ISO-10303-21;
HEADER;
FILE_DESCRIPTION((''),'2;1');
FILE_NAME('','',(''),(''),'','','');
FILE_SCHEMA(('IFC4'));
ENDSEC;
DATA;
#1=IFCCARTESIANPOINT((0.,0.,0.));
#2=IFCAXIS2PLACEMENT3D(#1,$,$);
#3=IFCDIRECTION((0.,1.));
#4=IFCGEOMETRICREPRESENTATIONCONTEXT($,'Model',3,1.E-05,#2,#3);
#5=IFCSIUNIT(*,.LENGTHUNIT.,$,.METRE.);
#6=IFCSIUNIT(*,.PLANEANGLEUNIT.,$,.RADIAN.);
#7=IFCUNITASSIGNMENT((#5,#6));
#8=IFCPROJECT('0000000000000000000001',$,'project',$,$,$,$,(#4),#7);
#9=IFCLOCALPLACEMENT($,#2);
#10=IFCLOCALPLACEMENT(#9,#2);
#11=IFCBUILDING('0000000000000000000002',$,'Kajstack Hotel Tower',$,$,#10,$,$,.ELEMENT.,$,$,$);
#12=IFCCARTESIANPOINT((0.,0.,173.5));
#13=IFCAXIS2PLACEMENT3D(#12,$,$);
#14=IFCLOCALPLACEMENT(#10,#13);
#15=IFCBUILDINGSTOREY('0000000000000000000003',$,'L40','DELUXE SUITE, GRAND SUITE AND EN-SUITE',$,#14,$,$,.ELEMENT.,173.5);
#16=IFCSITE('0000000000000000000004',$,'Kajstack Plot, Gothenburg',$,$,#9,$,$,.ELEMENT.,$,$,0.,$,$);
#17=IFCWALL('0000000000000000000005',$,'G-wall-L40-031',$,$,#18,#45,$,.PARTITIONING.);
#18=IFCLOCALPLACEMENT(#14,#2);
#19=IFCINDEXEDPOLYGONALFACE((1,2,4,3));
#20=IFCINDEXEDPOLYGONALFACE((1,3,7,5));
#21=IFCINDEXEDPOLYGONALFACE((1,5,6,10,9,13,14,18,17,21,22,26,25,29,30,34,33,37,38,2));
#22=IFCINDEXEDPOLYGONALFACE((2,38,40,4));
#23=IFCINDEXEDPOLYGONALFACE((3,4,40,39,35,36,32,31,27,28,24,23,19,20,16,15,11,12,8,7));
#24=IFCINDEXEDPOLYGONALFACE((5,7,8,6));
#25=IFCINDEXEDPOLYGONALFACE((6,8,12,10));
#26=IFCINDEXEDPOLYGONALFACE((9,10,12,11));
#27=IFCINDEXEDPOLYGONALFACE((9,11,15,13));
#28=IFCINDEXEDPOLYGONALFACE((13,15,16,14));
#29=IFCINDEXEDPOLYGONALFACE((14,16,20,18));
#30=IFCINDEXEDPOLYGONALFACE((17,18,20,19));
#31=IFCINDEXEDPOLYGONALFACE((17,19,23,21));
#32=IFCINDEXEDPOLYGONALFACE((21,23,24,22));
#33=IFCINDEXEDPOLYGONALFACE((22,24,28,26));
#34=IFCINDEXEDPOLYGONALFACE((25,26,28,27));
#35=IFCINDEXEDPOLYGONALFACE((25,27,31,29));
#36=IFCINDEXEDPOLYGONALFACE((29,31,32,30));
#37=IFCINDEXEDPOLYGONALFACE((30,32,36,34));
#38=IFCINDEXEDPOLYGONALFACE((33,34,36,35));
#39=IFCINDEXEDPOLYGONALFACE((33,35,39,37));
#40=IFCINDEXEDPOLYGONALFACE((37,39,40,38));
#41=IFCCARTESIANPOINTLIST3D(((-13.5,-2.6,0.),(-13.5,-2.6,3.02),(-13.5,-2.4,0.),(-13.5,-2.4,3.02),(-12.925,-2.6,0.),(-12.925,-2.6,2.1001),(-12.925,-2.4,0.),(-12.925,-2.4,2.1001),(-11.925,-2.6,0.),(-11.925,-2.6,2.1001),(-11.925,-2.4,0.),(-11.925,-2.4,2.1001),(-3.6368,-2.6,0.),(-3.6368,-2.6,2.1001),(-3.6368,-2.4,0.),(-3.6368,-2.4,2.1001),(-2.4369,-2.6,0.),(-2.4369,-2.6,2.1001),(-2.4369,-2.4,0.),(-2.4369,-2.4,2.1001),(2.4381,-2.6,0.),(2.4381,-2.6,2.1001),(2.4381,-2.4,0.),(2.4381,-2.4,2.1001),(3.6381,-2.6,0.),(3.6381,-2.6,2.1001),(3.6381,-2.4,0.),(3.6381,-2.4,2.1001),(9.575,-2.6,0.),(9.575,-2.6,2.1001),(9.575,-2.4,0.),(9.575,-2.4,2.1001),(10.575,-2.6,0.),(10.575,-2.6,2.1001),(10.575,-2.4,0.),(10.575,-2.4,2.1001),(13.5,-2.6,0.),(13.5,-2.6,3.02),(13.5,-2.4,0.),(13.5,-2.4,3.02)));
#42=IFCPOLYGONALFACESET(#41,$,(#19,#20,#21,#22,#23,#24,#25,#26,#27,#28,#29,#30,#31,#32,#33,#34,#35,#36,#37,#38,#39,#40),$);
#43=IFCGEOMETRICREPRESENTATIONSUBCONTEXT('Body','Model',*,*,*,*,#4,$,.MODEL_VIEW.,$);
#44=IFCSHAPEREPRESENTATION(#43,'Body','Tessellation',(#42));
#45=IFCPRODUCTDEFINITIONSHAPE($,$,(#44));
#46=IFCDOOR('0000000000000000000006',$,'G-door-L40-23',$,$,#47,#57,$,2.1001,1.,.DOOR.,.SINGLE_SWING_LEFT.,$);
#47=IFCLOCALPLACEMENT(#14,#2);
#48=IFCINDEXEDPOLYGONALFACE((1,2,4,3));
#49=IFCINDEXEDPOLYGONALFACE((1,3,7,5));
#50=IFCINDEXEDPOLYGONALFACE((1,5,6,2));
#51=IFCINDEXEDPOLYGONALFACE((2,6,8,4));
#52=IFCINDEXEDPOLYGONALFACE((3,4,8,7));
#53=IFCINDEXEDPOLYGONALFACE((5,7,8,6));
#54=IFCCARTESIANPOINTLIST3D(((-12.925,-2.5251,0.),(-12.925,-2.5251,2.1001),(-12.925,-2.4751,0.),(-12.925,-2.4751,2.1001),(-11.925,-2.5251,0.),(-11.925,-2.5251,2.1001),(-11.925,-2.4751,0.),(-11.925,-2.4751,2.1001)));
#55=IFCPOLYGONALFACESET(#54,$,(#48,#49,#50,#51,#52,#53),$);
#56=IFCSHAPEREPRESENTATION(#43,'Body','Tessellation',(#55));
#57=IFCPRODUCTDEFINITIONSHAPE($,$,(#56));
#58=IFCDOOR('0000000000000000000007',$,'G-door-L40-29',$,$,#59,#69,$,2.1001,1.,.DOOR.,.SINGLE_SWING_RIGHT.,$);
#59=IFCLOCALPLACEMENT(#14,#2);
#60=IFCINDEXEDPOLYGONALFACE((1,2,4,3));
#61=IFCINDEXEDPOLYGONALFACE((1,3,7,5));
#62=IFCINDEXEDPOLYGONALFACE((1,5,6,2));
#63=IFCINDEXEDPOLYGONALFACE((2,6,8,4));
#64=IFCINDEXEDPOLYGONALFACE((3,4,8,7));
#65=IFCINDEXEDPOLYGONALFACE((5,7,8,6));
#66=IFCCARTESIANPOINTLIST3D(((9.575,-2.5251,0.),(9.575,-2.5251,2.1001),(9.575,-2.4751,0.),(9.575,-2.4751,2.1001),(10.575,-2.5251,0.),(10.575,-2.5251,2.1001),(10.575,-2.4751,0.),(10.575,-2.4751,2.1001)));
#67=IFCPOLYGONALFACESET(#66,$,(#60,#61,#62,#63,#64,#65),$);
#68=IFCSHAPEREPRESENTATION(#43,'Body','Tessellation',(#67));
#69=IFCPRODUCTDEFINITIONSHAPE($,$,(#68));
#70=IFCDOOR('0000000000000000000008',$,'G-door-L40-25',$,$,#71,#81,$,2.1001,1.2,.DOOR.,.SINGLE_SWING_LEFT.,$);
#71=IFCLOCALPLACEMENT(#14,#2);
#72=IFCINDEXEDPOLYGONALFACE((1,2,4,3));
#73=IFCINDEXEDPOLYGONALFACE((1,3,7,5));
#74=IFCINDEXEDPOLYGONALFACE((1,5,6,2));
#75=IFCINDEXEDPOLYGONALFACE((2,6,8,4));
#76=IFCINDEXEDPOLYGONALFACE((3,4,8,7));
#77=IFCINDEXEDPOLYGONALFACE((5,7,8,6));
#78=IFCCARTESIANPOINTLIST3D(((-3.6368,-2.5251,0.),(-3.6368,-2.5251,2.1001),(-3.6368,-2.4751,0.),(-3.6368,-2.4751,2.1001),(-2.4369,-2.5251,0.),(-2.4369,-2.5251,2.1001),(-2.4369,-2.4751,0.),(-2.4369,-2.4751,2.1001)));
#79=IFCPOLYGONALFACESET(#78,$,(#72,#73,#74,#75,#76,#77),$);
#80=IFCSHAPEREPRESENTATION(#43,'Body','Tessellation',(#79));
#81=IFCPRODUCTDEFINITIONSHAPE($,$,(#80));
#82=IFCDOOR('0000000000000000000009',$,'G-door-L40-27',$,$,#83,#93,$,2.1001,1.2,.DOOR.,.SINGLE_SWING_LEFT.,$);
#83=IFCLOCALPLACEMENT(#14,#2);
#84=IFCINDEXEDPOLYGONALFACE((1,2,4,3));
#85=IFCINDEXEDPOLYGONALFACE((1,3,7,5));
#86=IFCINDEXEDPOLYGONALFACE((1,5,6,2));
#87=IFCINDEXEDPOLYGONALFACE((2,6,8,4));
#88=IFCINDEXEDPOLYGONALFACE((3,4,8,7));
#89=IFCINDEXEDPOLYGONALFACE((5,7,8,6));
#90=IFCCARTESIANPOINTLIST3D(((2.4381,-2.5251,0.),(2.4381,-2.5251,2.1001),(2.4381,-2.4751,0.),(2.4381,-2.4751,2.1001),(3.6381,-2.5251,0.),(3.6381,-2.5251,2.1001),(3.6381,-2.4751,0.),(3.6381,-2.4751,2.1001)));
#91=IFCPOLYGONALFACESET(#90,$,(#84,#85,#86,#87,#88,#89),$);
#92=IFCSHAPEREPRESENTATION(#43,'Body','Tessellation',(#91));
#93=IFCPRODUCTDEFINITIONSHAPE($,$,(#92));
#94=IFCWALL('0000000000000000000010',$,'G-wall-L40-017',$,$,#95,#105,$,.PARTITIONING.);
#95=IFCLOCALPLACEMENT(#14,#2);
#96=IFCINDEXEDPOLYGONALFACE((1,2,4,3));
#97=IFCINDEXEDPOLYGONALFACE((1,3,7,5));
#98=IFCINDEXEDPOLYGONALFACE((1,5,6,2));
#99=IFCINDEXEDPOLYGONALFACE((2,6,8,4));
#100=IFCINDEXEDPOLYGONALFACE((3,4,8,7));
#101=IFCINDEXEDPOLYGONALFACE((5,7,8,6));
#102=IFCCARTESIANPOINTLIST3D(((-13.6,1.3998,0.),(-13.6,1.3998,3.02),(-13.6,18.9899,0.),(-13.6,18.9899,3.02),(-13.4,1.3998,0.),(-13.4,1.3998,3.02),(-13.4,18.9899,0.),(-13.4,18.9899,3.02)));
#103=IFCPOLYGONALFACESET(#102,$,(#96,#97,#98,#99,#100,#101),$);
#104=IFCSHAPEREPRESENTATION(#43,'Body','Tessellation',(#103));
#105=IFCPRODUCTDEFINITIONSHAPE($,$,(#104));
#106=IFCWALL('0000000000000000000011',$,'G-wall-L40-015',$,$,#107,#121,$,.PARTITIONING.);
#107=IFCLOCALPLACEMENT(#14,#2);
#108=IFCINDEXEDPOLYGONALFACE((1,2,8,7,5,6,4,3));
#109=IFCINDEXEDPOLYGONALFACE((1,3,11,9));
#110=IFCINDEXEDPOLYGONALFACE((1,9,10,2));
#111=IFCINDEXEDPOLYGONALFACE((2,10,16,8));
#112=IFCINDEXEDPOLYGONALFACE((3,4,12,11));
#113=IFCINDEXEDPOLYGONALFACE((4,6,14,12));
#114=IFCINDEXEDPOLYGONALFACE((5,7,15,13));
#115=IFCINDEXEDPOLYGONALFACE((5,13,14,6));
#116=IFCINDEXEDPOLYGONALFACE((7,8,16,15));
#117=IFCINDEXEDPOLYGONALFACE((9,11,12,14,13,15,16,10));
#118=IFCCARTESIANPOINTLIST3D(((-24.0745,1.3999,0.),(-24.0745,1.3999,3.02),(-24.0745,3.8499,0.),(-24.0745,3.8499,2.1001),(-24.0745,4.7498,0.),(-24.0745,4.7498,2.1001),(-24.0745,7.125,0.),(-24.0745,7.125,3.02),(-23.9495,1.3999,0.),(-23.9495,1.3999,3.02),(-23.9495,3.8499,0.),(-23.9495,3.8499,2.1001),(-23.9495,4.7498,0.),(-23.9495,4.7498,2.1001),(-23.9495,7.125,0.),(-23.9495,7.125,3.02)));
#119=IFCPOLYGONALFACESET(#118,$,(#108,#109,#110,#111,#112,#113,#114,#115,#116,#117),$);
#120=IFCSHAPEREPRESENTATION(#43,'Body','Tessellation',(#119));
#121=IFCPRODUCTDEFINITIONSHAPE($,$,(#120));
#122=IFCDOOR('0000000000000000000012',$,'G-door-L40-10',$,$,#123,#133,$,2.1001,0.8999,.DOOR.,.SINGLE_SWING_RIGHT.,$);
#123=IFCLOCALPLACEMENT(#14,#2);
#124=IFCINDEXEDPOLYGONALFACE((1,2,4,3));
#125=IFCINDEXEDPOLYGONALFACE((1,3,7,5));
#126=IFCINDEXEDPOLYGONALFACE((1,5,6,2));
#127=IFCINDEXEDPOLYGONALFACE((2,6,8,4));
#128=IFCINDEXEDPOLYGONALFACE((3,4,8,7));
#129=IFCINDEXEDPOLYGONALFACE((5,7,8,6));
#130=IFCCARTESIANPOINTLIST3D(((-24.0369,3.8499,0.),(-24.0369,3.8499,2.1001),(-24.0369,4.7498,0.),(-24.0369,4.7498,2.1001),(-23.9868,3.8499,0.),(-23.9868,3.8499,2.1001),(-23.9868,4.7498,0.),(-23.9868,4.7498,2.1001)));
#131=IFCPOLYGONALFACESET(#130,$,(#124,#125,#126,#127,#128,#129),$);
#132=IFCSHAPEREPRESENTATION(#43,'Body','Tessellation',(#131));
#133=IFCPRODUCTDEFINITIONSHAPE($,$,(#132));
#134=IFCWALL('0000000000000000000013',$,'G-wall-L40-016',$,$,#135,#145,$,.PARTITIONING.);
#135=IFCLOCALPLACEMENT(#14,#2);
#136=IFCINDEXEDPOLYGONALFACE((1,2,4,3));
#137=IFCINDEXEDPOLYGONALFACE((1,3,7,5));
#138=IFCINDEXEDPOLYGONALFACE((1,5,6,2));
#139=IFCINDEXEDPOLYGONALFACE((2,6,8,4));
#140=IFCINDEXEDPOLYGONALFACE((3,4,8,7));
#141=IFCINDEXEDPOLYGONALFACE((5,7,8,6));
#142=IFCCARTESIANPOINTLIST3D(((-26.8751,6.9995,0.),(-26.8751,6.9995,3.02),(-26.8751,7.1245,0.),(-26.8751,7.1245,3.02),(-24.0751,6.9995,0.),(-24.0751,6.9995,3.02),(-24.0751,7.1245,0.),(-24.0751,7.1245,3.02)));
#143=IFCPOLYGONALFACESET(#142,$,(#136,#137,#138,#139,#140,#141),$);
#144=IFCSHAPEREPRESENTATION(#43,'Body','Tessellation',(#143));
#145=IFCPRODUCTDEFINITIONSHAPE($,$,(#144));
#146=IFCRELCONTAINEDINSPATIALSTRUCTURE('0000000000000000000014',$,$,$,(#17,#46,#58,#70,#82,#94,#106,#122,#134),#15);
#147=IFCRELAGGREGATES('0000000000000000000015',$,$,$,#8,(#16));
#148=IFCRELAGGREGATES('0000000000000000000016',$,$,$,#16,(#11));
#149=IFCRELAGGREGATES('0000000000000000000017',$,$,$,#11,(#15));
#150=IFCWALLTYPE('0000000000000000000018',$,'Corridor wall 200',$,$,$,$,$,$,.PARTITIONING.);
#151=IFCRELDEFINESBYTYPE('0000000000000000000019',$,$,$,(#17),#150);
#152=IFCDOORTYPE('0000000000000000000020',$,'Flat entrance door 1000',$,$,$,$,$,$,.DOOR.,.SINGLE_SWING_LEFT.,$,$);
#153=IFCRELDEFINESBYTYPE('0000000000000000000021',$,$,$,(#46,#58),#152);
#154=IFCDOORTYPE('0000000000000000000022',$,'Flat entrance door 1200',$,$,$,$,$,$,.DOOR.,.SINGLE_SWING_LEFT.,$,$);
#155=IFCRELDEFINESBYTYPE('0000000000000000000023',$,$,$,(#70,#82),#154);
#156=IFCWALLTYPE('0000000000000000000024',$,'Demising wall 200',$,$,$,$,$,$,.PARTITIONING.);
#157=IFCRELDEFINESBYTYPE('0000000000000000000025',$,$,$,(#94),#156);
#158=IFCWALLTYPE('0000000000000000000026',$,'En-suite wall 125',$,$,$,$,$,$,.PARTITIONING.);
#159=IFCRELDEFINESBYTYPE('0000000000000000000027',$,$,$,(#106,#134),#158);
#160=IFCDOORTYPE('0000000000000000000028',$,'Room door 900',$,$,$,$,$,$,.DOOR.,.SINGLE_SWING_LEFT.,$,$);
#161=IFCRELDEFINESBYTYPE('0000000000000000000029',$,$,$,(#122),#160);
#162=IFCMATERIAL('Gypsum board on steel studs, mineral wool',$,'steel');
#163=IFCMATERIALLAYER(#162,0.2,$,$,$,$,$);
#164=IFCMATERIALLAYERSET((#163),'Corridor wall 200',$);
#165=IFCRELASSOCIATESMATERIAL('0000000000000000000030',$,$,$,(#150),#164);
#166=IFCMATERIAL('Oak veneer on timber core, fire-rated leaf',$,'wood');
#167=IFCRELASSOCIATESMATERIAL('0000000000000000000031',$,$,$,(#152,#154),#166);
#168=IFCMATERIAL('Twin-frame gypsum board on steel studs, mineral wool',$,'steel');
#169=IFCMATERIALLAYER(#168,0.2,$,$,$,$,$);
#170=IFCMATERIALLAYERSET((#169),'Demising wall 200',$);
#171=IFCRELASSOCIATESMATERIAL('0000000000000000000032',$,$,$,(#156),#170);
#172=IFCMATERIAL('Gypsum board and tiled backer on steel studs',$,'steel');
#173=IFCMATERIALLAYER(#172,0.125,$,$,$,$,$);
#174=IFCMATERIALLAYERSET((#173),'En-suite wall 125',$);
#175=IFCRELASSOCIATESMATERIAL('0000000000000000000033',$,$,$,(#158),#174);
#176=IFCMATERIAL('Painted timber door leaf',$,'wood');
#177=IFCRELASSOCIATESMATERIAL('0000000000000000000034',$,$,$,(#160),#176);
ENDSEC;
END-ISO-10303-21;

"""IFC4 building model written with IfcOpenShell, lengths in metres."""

from ifc_helpers import new_model, si_unit, direction, frame, frame_2d, origin, place, context, subcontext, project, spatial, rectangle, extrude, material, layer, layer_set, type_object, element, fill, save


model = new_model("IFC4")

# Units and contexts
model_context = context("Model", 3, precision=1e-05, world=origin(), true_north=direction((0.0, 1.0)))
body_context = subcontext(model_context, "Body", "Model", "MODEL_VIEW")
ifc_project = project(units=[si_unit("LENGTHUNIT", "METRE"), si_unit("PLANEANGLEUNIT", "RADIAN")], contexts=[model_context])

# Site, building, storey
site_placement = place(None, origin())
site = spatial("IfcSite", under=ifc_project, at=site_placement, Name="Kajstack Plot, Gothenburg", CompositionType="ELEMENT", RefElevation=0.0)
building_placement = place(site_placement, origin())
building = spatial("IfcBuilding", under=site, at=building_placement, Name="Kajstack Hotel Tower", CompositionType="ELEMENT")
storey_placement = place(building_placement, frame((0.0, 0.0, 173.5)))
storey = spatial("IfcBuildingStorey", under=building, at=storey_placement, Name="L40", Description="DELUXE SUITE, GRAND SUITE AND EN-SUITE", CompositionType="ELEMENT", Elevation=173.5)

# Wall, openings, doors
ifc_material_1 = material(Name="Gypsum board on steel studs, mineral wool", Category="steel")
ifc_layer_1 = layer(ifc_material_1, 0.2)
ifc_layer_set_1 = layer_set([ifc_layer_1], Name="Corridor wall 200")
wall_type_1 = type_object("IfcWallType", Name="Corridor wall 200", PredefinedType="PARTITIONING", material=ifc_layer_set_1)
ifc_material_2 = material(Name="Oak veneer on timber core, fire-rated leaf", Category="wood")
door_type_1 = type_object("IfcDoorType", Name="Flat entrance door 1000", OperationType="SINGLE_SWING_LEFT", PredefinedType="DOOR", material=ifc_material_2)
door_type_2 = type_object("IfcDoorType", Name="Flat entrance door 1200", OperationType="SINGLE_SWING_LEFT", PredefinedType="DOOR", material=ifc_material_2)
wall_1_placement = place(storey_placement, frame((-13.5, -2.5, 0.0), z_axis=(0.0, 0.0, 1.0), x_axis=(1.0, 0.0, 0.0)))
wall_1 = element("IfcWall", 1, at=wall_1_placement, inside=storey, type_object=wall_type_1, Name="G-wall-L40-031", PredefinedType="PARTITIONING", context=body_context, shape_type="SweptSolid", body=[
    extrude(rectangle(XDim=27.0, YDim=0.2, at=frame_2d((13.5, 0.0))), origin(), (0.0, 0.0, 1.0), 3.02),
])
opening_1_placement = place(wall_1_placement, frame((0.575, 0.0, 0.0)))
opening_1 = element("IfcOpeningElement", 2, at=opening_1_placement, cuts=wall_1, PredefinedType="OPENING", context=body_context, shape_type="SweptSolid", body=[
    extrude(rectangle(XDim=1.0, YDim=2.1001, at=frame_2d((0.5, 1.05))), frame((0.0, 0.1099, 0.0), z_axis=(0.0, -1.0, 0.0), x_axis=(1.0, 0.0, 0.0)), (0.0, 0.0, 1.0), 0.22),
])
opening_2_placement = place(wall_1_placement, frame((9.863, 0.0, 0.0)))
opening_2 = element("IfcOpeningElement", 3, at=opening_2_placement, cuts=wall_1, PredefinedType="OPENING", context=body_context, shape_type="SweptSolid", body=[
    extrude(rectangle(XDim=1.2, YDim=2.1001, at=frame_2d((0.6001, 1.05))), frame((0.0, 0.1099, 0.0), z_axis=(0.0, -1.0, 0.0), x_axis=(1.0, 0.0, 0.0)), (0.0, 0.0, 1.0), 0.22),
])
opening_3_placement = place(wall_1_placement, frame((15.938, 0.0, 0.0)))
opening_3 = element("IfcOpeningElement", 4, at=opening_3_placement, cuts=wall_1, PredefinedType="OPENING", context=body_context, shape_type="SweptSolid", body=[
    extrude(rectangle(XDim=1.2, YDim=2.1001, at=frame_2d((0.6001, 1.05))), frame((0.0, 0.1099, 0.0), z_axis=(0.0, -1.0, 0.0), x_axis=(1.0, 0.0, 0.0)), (0.0, 0.0, 1.0), 0.22),
])
opening_4_placement = place(wall_1_placement, frame((23.075, 0.0, 0.0)))
opening_4 = element("IfcOpeningElement", 5, at=opening_4_placement, cuts=wall_1, PredefinedType="OPENING", context=body_context, shape_type="SweptSolid", body=[
    extrude(rectangle(XDim=1.0, YDim=2.1001, at=frame_2d((0.5, 1.05))), frame((0.0, 0.1099, 0.0), z_axis=(0.0, -1.0, 0.0), x_axis=(1.0, 0.0, 0.0)), (0.0, 0.0, 1.0), 0.22),
])
door_1_placement = place(opening_1_placement, origin())
door_1 = element("IfcDoor", 6, at=door_1_placement, inside=storey, type_object=door_type_1, Name="G-door-L40-23", OperationType="SINGLE_SWING_LEFT", OverallHeight=2.1001, OverallWidth=1.0, PredefinedType="DOOR", context=body_context, shape_type="SweptSolid", body=[
    extrude(rectangle(XDim=1.0, YDim=2.1001, at=frame_2d((0.5, 1.05))), frame((0.0, 0.0249, 0.0), z_axis=(0.0, -1.0, 0.0), x_axis=(1.0, 0.0, 0.0)), (0.0, 0.0, 1.0), 0.05),
])
fill(opening_1, door_1)
door_2_placement = place(opening_4_placement, origin())
door_2 = element("IfcDoor", 7, at=door_2_placement, inside=storey, type_object=door_type_1, Name="G-door-L40-29", OperationType="SINGLE_SWING_RIGHT", OverallHeight=2.1001, OverallWidth=1.0, PredefinedType="DOOR", context=body_context, shape_type="SweptSolid", body=[
    extrude(rectangle(XDim=1.0, YDim=2.1001, at=frame_2d((0.5, 1.05))), frame((0.0, 0.0249, 0.0), z_axis=(0.0, -1.0, 0.0), x_axis=(1.0, 0.0, 0.0)), (0.0, 0.0, 1.0), 0.05),
])
fill(opening_4, door_2)
door_3_placement = place(opening_2_placement, origin())
door_3 = element("IfcDoor", 8, at=door_3_placement, inside=storey, type_object=door_type_2, Name="G-door-L40-25", OperationType="SINGLE_SWING_LEFT", OverallHeight=2.1001, OverallWidth=1.2, PredefinedType="DOOR", context=body_context, shape_type="SweptSolid", body=[
    extrude(rectangle(XDim=1.2, YDim=2.1001, at=frame_2d((0.6001, 1.05))), frame((0.0, 0.0249, 0.0), z_axis=(0.0, -1.0, 0.0), x_axis=(1.0, 0.0, 0.0)), (0.0, 0.0, 1.0), 0.05),
])
fill(opening_2, door_3)
door_4_placement = place(opening_3_placement, origin())
door_4 = element("IfcDoor", 9, at=door_4_placement, inside=storey, type_object=door_type_2, Name="G-door-L40-27", OperationType="SINGLE_SWING_LEFT", OverallHeight=2.1001, OverallWidth=1.2, PredefinedType="DOOR", context=body_context, shape_type="SweptSolid", body=[
    extrude(rectangle(XDim=1.2, YDim=2.1001, at=frame_2d((0.6001, 1.05))), frame((0.0, 0.0249, 0.0), z_axis=(0.0, -1.0, 0.0), x_axis=(1.0, 0.0, 0.0)), (0.0, 0.0, 1.0), 0.05),
])
fill(opening_3, door_4)

# Wall
ifc_material_3 = material(Name="Twin-frame gypsum board on steel studs, mineral wool", Category="steel")
ifc_layer_2 = layer(ifc_material_3, 0.2)
ifc_layer_set_2 = layer_set([ifc_layer_2], Name="Demising wall 200")
wall_type_2 = type_object("IfcWallType", Name="Demising wall 200", PredefinedType="PARTITIONING", material=ifc_layer_set_2)
wall_2_placement = place(storey_placement, frame((-13.5, 1.3999, 0.0), z_axis=(0.0, 0.0, 1.0), x_axis=(0.0, 1.0, 0.0)))
element("IfcWall", 10, at=wall_2_placement, inside=storey, type_object=wall_type_2, Name="G-wall-L40-017", PredefinedType="PARTITIONING", context=body_context, shape_type="SweptSolid", body=[
    extrude(rectangle(XDim=17.5901, YDim=0.2, at=frame_2d((8.7949, 0.0))), origin(), (0.0, 0.0, 1.0), 3.02),
])

# Wall, opening, door
ifc_material_4 = material(Name="Gypsum board and tiled backer on steel studs", Category="steel")
ifc_layer_3 = layer(ifc_material_4, 0.125)
ifc_layer_set_3 = layer_set([ifc_layer_3], Name="En-suite wall 125")
wall_type_3 = type_object("IfcWallType", Name="En-suite wall 125", PredefinedType="PARTITIONING", material=ifc_layer_set_3)
wall_3_placement = place(storey_placement, frame((-24.012, 1.3999, 0.0), z_axis=(0.0, 0.0, 1.0), x_axis=(0.0, 1.0, 0.0)))
wall_3 = element("IfcWall", 11, at=wall_3_placement, inside=storey, type_object=wall_type_3, Name="G-wall-L40-015", PredefinedType="PARTITIONING", context=body_context, shape_type="SweptSolid", body=[
    extrude(rectangle(XDim=5.7251, YDim=0.125, at=frame_2d((2.8625, 0.0))), origin(), (0.0, 0.0, 1.0), 3.02),
])
opening_5_placement = place(wall_3_placement, frame((2.45, 0.0, 0.0)))
opening_5 = element("IfcOpeningElement", 12, at=opening_5_placement, cuts=wall_3, PredefinedType="OPENING", context=body_context, shape_type="SweptSolid", body=[
    extrude(rectangle(XDim=0.8999, YDim=2.1001, at=frame_2d((0.45, 1.05))), frame((0.0, 0.0725, 0.0), z_axis=(0.0, -1.0, 0.0), x_axis=(1.0, 0.0, 0.0)), (0.0, 0.0, 1.0), 0.145),
])
ifc_material_5 = material(Name="Painted timber door leaf", Category="wood")
door_type_3 = type_object("IfcDoorType", Name="Room door 900", OperationType="SINGLE_SWING_LEFT", PredefinedType="DOOR", material=ifc_material_5)
door_5_placement = place(opening_5_placement, origin())
door_5 = element("IfcDoor", 13, at=door_5_placement, inside=storey, type_object=door_type_3, Name="G-door-L40-10", OperationType="SINGLE_SWING_RIGHT", OverallHeight=2.1001, OverallWidth=0.8999, PredefinedType="DOOR", context=body_context, shape_type="SweptSolid", body=[
    extrude(rectangle(XDim=0.8999, YDim=2.1001, at=frame_2d((0.45, 1.05))), frame((0.0, 0.0249, 0.0), z_axis=(0.0, -1.0, 0.0), x_axis=(1.0, 0.0, 0.0)), (0.0, 0.0, 1.0), 0.05),
])
fill(opening_5, door_5)

# Wall
wall_4_placement = place(storey_placement, frame((-26.875, 7.062, 0.0), z_axis=(0.0, 0.0, 1.0), x_axis=(1.0, 0.0, 0.0)))
element("IfcWall", 14, at=wall_4_placement, inside=storey, type_object=wall_type_3, Name="G-wall-L40-016", PredefinedType="PARTITIONING", context=body_context, shape_type="SweptSolid", body=[
    extrude(rectangle(XDim=2.8, YDim=0.125, at=frame_2d((1.3999, 0.0))), origin(), (0.0, 0.0, 1.0), 3.02),
])

save(model, "model.ifc")
